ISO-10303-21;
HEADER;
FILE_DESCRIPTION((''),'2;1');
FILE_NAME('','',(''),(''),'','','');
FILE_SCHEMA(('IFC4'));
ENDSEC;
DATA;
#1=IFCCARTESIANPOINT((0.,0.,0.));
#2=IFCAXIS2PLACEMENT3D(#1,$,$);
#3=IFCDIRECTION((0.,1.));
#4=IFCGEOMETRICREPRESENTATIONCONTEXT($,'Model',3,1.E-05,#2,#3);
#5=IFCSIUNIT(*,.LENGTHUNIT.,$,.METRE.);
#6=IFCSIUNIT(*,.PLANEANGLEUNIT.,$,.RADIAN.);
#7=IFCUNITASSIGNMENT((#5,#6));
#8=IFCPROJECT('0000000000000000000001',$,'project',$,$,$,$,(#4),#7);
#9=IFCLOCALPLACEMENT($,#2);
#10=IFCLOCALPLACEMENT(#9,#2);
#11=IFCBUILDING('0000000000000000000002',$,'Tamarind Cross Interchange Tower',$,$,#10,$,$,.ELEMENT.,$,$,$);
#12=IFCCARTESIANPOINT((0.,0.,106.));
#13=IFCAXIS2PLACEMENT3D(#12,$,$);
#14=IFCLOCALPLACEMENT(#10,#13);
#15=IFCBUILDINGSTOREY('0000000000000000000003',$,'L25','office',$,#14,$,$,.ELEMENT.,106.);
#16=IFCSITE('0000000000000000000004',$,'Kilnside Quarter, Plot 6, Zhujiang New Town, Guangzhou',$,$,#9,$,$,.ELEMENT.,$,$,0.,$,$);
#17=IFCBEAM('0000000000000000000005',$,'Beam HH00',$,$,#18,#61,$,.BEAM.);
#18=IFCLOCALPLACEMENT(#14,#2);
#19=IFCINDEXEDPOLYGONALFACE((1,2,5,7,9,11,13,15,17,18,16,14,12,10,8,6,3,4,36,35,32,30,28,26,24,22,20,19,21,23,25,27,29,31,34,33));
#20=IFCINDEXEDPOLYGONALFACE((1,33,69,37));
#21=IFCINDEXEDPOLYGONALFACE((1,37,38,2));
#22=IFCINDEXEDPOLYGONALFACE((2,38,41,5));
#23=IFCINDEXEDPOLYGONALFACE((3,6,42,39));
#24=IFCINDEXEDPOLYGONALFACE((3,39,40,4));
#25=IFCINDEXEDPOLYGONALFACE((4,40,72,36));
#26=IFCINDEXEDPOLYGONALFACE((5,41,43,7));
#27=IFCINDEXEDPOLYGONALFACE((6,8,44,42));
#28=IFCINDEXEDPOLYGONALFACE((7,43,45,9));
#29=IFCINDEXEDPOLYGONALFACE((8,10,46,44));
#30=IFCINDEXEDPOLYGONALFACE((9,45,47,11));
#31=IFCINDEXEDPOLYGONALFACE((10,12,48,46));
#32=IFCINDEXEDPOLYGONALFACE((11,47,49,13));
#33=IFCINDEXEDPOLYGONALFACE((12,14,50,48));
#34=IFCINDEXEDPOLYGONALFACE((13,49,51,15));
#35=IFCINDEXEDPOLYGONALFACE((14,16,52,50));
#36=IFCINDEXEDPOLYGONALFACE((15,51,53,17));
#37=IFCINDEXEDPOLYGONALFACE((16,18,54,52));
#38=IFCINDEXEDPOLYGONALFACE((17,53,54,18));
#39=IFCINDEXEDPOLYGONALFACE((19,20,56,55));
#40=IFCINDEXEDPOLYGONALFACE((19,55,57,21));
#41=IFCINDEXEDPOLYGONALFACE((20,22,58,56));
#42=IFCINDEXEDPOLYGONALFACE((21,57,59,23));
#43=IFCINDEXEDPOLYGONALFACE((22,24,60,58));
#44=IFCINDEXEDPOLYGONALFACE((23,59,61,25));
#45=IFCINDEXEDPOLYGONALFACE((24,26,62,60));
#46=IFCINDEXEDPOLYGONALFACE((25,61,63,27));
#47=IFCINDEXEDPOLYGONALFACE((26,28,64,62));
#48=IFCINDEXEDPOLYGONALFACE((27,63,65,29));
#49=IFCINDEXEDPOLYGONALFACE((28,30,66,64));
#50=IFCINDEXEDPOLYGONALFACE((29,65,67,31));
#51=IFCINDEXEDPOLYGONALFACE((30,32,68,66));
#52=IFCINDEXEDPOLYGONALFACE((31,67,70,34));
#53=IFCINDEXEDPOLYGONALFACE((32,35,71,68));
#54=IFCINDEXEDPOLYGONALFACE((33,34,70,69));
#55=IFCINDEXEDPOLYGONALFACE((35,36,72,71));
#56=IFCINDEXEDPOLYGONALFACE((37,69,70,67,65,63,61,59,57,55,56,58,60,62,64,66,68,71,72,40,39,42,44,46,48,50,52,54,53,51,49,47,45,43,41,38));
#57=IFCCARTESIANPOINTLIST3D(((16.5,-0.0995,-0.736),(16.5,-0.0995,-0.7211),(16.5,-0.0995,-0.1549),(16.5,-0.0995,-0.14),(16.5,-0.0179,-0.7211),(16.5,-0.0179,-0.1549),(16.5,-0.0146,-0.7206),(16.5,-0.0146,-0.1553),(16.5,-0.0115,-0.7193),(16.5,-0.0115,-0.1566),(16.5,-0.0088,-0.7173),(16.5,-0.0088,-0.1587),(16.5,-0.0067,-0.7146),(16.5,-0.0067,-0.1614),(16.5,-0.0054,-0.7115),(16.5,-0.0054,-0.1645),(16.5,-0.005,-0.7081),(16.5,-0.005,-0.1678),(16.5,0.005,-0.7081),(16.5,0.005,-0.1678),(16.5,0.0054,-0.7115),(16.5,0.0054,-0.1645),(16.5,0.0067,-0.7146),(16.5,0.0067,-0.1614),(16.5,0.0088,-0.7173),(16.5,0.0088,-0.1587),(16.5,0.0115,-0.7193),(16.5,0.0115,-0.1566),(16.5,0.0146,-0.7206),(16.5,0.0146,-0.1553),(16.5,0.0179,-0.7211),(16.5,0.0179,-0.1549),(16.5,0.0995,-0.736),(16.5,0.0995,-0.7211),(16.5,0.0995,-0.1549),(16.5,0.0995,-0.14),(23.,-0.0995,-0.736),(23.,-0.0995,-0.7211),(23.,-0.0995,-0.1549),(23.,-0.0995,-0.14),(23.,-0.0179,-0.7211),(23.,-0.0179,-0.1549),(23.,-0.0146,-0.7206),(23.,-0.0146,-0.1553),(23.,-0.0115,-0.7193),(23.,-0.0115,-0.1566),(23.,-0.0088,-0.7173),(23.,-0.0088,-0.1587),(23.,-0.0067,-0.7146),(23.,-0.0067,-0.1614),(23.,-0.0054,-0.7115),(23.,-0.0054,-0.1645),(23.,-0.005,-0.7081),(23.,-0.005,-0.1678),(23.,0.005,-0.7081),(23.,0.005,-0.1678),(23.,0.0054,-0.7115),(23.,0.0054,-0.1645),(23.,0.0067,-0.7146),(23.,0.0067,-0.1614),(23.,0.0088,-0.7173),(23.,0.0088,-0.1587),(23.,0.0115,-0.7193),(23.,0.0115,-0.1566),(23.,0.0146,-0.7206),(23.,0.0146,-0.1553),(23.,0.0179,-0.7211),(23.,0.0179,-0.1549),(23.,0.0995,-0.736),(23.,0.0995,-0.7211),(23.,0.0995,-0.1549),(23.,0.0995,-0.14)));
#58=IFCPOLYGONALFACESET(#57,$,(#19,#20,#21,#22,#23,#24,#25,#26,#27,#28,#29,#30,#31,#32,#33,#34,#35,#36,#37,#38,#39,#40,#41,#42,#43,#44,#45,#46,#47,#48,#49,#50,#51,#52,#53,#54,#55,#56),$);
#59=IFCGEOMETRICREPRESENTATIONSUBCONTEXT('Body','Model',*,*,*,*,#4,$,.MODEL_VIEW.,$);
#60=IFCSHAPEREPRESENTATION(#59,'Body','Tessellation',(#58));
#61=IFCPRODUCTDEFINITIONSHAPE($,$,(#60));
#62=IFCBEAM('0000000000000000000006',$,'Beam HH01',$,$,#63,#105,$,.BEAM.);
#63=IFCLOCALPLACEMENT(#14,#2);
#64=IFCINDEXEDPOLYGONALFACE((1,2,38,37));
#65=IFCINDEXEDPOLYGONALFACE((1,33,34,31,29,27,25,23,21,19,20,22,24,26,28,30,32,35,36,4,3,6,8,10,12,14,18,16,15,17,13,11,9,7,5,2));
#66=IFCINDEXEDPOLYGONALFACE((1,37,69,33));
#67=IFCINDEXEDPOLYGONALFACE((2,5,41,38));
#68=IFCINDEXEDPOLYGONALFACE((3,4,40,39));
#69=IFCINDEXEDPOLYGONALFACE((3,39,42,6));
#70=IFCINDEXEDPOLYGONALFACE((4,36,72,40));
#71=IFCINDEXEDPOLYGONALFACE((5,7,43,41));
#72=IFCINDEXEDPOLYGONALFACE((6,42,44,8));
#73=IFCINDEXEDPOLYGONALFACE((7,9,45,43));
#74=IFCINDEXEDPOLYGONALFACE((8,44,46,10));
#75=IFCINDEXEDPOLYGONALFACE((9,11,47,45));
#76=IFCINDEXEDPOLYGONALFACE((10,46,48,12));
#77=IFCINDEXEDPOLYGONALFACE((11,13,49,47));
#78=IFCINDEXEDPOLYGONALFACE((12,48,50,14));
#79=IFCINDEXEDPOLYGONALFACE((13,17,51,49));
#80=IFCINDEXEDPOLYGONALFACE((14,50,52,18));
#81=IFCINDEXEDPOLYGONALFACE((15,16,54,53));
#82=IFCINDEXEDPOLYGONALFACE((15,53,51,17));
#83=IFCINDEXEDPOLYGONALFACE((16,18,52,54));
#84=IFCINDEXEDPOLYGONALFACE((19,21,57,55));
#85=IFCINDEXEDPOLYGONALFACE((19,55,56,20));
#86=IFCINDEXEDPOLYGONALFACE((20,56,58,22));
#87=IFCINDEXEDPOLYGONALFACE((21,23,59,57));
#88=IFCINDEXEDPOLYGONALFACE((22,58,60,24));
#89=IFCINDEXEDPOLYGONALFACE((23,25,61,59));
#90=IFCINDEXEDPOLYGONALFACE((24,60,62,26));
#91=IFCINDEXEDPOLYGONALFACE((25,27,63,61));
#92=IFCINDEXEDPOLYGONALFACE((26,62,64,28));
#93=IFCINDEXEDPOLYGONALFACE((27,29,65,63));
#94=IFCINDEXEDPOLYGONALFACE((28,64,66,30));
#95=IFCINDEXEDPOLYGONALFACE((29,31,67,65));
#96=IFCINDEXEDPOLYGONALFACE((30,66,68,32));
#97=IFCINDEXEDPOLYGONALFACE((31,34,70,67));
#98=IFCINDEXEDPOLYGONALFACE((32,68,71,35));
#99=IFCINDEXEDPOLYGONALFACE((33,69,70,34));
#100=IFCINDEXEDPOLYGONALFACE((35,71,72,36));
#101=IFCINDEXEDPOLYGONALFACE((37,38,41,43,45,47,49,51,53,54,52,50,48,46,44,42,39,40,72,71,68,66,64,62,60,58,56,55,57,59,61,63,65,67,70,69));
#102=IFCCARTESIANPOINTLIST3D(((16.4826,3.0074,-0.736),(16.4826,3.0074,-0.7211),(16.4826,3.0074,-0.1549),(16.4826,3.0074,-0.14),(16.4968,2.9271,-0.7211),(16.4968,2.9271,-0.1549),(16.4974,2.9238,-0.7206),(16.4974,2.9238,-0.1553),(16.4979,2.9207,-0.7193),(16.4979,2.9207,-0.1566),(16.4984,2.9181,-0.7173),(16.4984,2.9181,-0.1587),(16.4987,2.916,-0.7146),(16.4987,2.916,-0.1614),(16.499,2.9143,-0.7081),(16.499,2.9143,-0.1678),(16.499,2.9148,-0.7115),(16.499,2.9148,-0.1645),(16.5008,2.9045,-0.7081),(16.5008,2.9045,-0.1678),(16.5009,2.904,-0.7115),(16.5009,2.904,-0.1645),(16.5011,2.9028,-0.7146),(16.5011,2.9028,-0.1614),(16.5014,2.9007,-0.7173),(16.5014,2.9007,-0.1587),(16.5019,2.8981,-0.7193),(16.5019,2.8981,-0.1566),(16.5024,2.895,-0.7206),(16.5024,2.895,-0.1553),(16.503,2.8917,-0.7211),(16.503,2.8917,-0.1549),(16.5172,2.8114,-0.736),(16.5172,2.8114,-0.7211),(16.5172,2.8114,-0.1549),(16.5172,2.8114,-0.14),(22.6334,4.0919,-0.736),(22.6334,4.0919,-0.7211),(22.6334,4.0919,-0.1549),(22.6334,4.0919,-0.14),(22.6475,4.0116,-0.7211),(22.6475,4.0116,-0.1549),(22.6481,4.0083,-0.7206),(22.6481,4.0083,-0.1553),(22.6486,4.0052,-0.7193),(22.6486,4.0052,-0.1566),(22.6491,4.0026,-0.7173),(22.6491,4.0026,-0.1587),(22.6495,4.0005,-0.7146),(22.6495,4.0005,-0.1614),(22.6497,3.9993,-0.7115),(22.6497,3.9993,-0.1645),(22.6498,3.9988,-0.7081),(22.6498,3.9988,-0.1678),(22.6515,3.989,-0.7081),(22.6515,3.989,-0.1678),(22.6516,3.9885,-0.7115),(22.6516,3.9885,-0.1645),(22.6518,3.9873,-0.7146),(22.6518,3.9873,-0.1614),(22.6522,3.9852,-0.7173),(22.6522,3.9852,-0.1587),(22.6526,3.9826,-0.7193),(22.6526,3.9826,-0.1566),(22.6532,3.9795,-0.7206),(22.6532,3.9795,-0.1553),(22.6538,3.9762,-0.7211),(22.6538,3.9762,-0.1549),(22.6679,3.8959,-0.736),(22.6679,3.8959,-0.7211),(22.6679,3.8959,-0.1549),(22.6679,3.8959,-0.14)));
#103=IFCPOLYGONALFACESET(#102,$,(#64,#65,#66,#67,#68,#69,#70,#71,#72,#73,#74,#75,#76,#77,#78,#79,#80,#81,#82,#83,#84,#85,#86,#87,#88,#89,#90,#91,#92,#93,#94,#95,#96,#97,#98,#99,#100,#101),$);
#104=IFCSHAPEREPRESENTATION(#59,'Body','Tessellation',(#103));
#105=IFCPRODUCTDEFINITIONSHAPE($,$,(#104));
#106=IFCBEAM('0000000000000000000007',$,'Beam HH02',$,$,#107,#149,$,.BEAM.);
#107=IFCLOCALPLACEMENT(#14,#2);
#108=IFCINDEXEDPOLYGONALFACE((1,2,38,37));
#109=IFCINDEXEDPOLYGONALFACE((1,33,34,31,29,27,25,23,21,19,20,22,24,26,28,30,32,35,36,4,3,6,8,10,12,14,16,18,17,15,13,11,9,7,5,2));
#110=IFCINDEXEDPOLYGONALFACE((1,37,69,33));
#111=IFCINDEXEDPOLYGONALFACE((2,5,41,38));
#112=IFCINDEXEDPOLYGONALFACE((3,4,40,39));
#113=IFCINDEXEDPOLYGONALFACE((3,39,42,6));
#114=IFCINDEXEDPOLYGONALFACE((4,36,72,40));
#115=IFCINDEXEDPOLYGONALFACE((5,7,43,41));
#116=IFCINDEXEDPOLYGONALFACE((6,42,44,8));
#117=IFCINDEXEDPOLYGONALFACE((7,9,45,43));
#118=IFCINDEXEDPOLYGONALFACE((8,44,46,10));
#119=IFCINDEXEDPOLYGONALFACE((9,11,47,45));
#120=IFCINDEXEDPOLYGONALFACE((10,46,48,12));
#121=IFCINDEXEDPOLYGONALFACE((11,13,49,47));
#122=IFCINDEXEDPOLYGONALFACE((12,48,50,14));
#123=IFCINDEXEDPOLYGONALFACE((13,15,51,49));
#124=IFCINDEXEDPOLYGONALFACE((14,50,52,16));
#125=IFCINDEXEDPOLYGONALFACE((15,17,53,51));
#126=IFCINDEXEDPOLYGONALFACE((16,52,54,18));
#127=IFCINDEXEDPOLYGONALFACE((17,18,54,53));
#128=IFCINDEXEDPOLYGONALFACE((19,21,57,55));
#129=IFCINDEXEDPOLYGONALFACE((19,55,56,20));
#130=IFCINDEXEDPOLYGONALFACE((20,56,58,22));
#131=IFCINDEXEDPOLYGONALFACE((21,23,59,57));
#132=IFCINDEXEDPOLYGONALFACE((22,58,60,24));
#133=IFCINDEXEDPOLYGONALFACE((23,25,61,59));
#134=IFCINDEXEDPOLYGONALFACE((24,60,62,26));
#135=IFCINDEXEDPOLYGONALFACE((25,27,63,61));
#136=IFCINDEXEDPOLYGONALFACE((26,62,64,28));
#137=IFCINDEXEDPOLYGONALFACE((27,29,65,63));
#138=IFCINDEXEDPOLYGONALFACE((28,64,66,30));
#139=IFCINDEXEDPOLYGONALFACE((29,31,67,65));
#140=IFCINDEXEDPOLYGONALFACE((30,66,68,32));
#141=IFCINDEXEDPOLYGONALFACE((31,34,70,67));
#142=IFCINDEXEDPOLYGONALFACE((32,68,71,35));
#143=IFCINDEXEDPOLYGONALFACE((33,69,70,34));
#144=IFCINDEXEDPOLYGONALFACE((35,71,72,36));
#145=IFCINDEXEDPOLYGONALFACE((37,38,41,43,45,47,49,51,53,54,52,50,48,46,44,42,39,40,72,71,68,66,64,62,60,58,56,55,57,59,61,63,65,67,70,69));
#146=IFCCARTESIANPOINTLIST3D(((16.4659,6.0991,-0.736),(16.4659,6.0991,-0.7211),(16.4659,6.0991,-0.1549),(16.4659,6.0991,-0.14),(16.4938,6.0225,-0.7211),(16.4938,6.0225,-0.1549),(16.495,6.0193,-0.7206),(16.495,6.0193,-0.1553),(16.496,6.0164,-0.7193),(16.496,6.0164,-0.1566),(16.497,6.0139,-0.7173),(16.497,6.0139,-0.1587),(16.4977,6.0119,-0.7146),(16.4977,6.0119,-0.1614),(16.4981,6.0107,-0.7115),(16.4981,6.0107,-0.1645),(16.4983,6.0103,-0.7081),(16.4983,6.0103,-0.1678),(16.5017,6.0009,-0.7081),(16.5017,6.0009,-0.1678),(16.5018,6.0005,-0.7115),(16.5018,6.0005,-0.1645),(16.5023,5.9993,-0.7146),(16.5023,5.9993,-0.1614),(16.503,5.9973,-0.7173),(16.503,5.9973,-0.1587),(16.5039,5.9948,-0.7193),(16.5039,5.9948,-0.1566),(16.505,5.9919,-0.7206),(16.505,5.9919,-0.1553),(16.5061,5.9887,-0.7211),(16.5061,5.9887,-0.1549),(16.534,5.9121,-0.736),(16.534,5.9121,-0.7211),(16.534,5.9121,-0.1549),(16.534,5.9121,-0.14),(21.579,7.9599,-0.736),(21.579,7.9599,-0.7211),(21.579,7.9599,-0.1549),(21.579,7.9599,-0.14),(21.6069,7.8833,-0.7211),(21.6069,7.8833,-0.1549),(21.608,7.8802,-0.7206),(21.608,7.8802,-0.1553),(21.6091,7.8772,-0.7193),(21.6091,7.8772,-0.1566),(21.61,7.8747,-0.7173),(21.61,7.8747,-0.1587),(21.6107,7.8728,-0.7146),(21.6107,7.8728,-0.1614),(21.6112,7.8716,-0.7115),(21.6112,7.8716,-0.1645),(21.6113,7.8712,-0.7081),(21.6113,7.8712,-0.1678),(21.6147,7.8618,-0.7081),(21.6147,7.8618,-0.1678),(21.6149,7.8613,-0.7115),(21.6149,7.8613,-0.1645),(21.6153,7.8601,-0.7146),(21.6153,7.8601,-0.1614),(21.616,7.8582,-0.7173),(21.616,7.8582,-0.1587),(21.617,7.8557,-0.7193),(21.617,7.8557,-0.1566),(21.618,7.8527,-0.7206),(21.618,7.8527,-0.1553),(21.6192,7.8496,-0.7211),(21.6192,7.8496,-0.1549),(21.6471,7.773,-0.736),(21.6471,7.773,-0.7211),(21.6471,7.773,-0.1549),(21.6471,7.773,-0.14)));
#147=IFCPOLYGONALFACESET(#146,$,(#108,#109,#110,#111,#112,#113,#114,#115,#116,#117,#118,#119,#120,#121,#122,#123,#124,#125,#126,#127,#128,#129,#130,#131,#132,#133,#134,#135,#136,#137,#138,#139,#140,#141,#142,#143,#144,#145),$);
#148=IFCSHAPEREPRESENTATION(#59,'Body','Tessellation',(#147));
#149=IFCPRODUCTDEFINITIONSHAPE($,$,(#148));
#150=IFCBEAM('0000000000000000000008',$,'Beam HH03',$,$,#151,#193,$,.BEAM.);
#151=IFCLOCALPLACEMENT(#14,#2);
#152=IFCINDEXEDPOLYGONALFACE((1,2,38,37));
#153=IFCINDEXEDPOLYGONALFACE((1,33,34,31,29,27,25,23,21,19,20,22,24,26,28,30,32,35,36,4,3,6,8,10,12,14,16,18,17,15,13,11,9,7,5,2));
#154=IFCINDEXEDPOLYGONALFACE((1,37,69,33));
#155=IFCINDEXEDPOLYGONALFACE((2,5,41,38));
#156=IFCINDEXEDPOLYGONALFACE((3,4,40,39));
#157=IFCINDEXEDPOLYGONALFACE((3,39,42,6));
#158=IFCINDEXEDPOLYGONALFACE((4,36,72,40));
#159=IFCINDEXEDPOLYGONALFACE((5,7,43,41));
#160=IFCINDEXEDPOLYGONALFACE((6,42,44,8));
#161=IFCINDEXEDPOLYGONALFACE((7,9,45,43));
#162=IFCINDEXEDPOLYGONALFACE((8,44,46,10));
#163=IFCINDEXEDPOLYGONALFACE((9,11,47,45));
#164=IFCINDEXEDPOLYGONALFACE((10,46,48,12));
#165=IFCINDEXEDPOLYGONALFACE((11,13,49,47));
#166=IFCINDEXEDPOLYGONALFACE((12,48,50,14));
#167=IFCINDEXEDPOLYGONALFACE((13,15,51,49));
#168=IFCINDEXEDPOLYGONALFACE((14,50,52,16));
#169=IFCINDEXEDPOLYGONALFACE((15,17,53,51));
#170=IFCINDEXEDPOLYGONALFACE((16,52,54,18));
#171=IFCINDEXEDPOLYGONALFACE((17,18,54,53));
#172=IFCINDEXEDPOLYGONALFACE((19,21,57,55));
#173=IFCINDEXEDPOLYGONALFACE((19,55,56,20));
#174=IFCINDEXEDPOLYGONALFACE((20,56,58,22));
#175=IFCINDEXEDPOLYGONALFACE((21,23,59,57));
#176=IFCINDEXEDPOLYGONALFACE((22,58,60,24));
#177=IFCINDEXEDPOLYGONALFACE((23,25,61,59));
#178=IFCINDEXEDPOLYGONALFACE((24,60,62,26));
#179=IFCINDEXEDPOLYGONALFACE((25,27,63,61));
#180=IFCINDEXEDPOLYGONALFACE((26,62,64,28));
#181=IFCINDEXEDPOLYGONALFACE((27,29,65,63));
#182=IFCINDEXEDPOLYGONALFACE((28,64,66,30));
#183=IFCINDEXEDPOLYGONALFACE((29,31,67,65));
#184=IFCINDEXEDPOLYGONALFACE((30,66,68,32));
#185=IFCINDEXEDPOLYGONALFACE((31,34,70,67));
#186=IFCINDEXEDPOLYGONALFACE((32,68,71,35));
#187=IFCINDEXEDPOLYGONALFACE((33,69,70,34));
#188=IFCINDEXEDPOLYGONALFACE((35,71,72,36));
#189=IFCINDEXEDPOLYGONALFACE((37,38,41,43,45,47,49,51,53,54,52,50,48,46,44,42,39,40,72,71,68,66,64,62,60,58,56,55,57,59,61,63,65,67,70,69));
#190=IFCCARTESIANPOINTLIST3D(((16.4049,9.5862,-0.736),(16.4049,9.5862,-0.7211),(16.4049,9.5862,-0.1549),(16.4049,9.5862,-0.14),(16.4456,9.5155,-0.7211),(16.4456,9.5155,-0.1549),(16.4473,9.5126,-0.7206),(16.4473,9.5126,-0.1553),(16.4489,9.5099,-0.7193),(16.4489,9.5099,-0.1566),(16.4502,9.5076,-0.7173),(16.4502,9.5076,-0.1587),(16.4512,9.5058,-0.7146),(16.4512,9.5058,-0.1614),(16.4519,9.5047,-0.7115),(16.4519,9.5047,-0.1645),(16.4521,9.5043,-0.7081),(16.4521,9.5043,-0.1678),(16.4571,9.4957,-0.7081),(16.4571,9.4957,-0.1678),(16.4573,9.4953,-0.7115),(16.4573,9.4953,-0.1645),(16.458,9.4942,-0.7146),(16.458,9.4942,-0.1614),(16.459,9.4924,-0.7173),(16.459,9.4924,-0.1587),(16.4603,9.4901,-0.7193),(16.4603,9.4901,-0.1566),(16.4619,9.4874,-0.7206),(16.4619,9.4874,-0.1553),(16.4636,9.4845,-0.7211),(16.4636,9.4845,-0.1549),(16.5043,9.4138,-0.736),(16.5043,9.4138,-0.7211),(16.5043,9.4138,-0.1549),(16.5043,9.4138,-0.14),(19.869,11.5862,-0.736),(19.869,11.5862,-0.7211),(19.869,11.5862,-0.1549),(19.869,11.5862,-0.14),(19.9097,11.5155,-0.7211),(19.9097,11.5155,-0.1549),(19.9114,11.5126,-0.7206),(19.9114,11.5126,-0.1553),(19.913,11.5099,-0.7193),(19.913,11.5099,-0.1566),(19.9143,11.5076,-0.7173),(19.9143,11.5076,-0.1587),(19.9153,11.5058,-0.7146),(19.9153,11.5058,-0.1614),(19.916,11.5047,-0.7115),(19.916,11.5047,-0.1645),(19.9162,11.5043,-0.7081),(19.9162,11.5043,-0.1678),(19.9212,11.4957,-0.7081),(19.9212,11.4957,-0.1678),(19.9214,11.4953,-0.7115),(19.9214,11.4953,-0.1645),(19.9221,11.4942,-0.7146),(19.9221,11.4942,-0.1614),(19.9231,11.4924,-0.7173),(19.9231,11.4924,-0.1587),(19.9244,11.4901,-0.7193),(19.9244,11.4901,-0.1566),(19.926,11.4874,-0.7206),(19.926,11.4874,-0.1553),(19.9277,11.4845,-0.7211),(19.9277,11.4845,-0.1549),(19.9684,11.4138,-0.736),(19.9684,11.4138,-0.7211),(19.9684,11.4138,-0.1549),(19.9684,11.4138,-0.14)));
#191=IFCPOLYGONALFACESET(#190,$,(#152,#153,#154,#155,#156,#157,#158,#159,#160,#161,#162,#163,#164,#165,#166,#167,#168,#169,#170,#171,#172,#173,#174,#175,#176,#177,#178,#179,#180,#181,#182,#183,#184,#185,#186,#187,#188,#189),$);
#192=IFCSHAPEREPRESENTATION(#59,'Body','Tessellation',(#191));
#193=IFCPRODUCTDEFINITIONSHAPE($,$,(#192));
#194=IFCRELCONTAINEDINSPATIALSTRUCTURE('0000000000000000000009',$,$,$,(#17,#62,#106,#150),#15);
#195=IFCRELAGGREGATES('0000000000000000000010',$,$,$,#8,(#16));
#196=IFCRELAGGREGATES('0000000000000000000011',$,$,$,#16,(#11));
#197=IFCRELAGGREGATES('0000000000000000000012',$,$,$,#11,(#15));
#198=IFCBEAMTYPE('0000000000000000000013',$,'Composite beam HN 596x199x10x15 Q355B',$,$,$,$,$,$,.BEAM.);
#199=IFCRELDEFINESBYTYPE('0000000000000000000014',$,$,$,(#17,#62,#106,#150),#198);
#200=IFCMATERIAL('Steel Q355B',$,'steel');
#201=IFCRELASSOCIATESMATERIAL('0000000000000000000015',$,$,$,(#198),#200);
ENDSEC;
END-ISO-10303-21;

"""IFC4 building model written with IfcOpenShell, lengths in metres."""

from ifc_helpers import new_model, si_unit, direction, frame, origin, origin_2d, place, context, subcontext, project, spatial, i_section, extrude, material, material_profile, profile_set, type_object, element, save


model = new_model("IFC4")

# Units and contexts
model_context = context("Model", 3, precision=1e-05, world=origin(), true_north=direction((0.0, 1.0)))
body_context = subcontext(model_context, "Body", "Model", "MODEL_VIEW")
ifc_project = project(units=[si_unit("LENGTHUNIT", "METRE"), si_unit("PLANEANGLEUNIT", "RADIAN")], contexts=[model_context])

# Site, building, storey
site_placement = place(None, origin())
site = spatial("IfcSite", under=ifc_project, at=site_placement, Name="Kilnside Quarter, Plot 6, Zhujiang New Town, Guangzhou", CompositionType="ELEMENT", RefElevation=0.0)
building_placement = place(site_placement, origin())
building = spatial("IfcBuilding", under=site, at=building_placement, Name="Tamarind Cross Interchange Tower", CompositionType="ELEMENT")
storey_placement = place(building_placement, frame((0.0, 0.0, 106.0)))
storey = spatial("IfcBuildingStorey", under=building, at=storey_placement, Name="L25", Description="office", CompositionType="ELEMENT", Elevation=106.0)

# Beams
ifc_material_1 = material(Name="Steel Q355B", Category="steel")
ifc_material_profile_1 = material_profile(ifc_material_1, i_section(OverallWidth=0.199, OverallDepth=0.5959, WebThickness=0.01, FlangeThickness=0.0149, FilletRadius=0.0129, at=origin_2d()), Name="HN 596x199x10x15")
ifc_profile_set_1 = profile_set([ifc_material_profile_1], Name="Steel Q355B")
beam_type_1 = type_object("IfcBeamType", Name="Composite beam HN 596x199x10x15 Q355B", PredefinedType="BEAM", material=ifc_profile_set_1)
beam_1_placement = place(storey_placement, frame((23.0, 0.0, -0.438), z_axis=(-1.0, 0.0, 0.0), x_axis=(0.0, -1.0, 0.0)))
element("IfcBeam", 1, at=beam_1_placement, inside=storey, type_object=beam_type_1, Name="Beam HH00", PredefinedType="BEAM", context=body_context, shape_type="SweptSolid", body=[
    extrude(i_section(OverallWidth=0.199, OverallDepth=0.5959, WebThickness=0.01, FlangeThickness=0.0149, FilletRadius=0.0129, at=origin_2d()), origin(), (0.0, 0.0, 1.0), 6.5),
])
beam_2_placement = place(storey_placement, frame((22.6506, 3.9939, -0.438), z_axis=(-0.984809, -0.17364, 0.0), x_axis=(0.17364, -0.984809, 0.0)))
element("IfcBeam", 2, at=beam_2_placement, inside=storey, type_object=beam_type_1, Name="Beam HH01", PredefinedType="BEAM", context=body_context, shape_type="SweptSolid", body=[
    extrude(i_section(OverallWidth=0.199, OverallDepth=0.5959, WebThickness=0.01, FlangeThickness=0.0149, FilletRadius=0.0129, at=origin_2d()), origin(), (0.0, 0.0, 1.0), 6.2456),
])
beam_3_placement = place(storey_placement, frame((21.613, 7.8665, -0.438), z_axis=(-0.939702, -0.341995, 0.0), x_axis=(0.341995, -0.939702, 0.0)))
element("IfcBeam", 3, at=beam_3_placement, inside=storey, type_object=beam_type_1, Name="Beam HH02", PredefinedType="BEAM", context=body_context, shape_type="SweptSolid", body=[
    extrude(i_section(OverallWidth=0.199, OverallDepth=0.5959, WebThickness=0.01, FlangeThickness=0.0149, FilletRadius=0.0129, at=origin_2d()), origin(), (0.0, 0.0, 1.0), 5.4412),
])
beam_4_placement = place(storey_placement, frame((19.9187, 11.5, -0.438), z_axis=(-0.866026, -0.499999, 0.0), x_axis=(0.499999, -0.866026, 0.0)))
element("IfcBeam", 4, at=beam_4_placement, inside=storey, type_object=beam_type_1, Name="Beam HH03", PredefinedType="BEAM", context=body_context, shape_type="SweptSolid", body=[
    extrude(i_section(OverallWidth=0.199, OverallDepth=0.5959, WebThickness=0.01, FlangeThickness=0.0149, FilletRadius=0.0129, at=origin_2d()), origin(), (0.0, 0.0, 1.0), 4.0),
])

save(model, "model.ifc")
